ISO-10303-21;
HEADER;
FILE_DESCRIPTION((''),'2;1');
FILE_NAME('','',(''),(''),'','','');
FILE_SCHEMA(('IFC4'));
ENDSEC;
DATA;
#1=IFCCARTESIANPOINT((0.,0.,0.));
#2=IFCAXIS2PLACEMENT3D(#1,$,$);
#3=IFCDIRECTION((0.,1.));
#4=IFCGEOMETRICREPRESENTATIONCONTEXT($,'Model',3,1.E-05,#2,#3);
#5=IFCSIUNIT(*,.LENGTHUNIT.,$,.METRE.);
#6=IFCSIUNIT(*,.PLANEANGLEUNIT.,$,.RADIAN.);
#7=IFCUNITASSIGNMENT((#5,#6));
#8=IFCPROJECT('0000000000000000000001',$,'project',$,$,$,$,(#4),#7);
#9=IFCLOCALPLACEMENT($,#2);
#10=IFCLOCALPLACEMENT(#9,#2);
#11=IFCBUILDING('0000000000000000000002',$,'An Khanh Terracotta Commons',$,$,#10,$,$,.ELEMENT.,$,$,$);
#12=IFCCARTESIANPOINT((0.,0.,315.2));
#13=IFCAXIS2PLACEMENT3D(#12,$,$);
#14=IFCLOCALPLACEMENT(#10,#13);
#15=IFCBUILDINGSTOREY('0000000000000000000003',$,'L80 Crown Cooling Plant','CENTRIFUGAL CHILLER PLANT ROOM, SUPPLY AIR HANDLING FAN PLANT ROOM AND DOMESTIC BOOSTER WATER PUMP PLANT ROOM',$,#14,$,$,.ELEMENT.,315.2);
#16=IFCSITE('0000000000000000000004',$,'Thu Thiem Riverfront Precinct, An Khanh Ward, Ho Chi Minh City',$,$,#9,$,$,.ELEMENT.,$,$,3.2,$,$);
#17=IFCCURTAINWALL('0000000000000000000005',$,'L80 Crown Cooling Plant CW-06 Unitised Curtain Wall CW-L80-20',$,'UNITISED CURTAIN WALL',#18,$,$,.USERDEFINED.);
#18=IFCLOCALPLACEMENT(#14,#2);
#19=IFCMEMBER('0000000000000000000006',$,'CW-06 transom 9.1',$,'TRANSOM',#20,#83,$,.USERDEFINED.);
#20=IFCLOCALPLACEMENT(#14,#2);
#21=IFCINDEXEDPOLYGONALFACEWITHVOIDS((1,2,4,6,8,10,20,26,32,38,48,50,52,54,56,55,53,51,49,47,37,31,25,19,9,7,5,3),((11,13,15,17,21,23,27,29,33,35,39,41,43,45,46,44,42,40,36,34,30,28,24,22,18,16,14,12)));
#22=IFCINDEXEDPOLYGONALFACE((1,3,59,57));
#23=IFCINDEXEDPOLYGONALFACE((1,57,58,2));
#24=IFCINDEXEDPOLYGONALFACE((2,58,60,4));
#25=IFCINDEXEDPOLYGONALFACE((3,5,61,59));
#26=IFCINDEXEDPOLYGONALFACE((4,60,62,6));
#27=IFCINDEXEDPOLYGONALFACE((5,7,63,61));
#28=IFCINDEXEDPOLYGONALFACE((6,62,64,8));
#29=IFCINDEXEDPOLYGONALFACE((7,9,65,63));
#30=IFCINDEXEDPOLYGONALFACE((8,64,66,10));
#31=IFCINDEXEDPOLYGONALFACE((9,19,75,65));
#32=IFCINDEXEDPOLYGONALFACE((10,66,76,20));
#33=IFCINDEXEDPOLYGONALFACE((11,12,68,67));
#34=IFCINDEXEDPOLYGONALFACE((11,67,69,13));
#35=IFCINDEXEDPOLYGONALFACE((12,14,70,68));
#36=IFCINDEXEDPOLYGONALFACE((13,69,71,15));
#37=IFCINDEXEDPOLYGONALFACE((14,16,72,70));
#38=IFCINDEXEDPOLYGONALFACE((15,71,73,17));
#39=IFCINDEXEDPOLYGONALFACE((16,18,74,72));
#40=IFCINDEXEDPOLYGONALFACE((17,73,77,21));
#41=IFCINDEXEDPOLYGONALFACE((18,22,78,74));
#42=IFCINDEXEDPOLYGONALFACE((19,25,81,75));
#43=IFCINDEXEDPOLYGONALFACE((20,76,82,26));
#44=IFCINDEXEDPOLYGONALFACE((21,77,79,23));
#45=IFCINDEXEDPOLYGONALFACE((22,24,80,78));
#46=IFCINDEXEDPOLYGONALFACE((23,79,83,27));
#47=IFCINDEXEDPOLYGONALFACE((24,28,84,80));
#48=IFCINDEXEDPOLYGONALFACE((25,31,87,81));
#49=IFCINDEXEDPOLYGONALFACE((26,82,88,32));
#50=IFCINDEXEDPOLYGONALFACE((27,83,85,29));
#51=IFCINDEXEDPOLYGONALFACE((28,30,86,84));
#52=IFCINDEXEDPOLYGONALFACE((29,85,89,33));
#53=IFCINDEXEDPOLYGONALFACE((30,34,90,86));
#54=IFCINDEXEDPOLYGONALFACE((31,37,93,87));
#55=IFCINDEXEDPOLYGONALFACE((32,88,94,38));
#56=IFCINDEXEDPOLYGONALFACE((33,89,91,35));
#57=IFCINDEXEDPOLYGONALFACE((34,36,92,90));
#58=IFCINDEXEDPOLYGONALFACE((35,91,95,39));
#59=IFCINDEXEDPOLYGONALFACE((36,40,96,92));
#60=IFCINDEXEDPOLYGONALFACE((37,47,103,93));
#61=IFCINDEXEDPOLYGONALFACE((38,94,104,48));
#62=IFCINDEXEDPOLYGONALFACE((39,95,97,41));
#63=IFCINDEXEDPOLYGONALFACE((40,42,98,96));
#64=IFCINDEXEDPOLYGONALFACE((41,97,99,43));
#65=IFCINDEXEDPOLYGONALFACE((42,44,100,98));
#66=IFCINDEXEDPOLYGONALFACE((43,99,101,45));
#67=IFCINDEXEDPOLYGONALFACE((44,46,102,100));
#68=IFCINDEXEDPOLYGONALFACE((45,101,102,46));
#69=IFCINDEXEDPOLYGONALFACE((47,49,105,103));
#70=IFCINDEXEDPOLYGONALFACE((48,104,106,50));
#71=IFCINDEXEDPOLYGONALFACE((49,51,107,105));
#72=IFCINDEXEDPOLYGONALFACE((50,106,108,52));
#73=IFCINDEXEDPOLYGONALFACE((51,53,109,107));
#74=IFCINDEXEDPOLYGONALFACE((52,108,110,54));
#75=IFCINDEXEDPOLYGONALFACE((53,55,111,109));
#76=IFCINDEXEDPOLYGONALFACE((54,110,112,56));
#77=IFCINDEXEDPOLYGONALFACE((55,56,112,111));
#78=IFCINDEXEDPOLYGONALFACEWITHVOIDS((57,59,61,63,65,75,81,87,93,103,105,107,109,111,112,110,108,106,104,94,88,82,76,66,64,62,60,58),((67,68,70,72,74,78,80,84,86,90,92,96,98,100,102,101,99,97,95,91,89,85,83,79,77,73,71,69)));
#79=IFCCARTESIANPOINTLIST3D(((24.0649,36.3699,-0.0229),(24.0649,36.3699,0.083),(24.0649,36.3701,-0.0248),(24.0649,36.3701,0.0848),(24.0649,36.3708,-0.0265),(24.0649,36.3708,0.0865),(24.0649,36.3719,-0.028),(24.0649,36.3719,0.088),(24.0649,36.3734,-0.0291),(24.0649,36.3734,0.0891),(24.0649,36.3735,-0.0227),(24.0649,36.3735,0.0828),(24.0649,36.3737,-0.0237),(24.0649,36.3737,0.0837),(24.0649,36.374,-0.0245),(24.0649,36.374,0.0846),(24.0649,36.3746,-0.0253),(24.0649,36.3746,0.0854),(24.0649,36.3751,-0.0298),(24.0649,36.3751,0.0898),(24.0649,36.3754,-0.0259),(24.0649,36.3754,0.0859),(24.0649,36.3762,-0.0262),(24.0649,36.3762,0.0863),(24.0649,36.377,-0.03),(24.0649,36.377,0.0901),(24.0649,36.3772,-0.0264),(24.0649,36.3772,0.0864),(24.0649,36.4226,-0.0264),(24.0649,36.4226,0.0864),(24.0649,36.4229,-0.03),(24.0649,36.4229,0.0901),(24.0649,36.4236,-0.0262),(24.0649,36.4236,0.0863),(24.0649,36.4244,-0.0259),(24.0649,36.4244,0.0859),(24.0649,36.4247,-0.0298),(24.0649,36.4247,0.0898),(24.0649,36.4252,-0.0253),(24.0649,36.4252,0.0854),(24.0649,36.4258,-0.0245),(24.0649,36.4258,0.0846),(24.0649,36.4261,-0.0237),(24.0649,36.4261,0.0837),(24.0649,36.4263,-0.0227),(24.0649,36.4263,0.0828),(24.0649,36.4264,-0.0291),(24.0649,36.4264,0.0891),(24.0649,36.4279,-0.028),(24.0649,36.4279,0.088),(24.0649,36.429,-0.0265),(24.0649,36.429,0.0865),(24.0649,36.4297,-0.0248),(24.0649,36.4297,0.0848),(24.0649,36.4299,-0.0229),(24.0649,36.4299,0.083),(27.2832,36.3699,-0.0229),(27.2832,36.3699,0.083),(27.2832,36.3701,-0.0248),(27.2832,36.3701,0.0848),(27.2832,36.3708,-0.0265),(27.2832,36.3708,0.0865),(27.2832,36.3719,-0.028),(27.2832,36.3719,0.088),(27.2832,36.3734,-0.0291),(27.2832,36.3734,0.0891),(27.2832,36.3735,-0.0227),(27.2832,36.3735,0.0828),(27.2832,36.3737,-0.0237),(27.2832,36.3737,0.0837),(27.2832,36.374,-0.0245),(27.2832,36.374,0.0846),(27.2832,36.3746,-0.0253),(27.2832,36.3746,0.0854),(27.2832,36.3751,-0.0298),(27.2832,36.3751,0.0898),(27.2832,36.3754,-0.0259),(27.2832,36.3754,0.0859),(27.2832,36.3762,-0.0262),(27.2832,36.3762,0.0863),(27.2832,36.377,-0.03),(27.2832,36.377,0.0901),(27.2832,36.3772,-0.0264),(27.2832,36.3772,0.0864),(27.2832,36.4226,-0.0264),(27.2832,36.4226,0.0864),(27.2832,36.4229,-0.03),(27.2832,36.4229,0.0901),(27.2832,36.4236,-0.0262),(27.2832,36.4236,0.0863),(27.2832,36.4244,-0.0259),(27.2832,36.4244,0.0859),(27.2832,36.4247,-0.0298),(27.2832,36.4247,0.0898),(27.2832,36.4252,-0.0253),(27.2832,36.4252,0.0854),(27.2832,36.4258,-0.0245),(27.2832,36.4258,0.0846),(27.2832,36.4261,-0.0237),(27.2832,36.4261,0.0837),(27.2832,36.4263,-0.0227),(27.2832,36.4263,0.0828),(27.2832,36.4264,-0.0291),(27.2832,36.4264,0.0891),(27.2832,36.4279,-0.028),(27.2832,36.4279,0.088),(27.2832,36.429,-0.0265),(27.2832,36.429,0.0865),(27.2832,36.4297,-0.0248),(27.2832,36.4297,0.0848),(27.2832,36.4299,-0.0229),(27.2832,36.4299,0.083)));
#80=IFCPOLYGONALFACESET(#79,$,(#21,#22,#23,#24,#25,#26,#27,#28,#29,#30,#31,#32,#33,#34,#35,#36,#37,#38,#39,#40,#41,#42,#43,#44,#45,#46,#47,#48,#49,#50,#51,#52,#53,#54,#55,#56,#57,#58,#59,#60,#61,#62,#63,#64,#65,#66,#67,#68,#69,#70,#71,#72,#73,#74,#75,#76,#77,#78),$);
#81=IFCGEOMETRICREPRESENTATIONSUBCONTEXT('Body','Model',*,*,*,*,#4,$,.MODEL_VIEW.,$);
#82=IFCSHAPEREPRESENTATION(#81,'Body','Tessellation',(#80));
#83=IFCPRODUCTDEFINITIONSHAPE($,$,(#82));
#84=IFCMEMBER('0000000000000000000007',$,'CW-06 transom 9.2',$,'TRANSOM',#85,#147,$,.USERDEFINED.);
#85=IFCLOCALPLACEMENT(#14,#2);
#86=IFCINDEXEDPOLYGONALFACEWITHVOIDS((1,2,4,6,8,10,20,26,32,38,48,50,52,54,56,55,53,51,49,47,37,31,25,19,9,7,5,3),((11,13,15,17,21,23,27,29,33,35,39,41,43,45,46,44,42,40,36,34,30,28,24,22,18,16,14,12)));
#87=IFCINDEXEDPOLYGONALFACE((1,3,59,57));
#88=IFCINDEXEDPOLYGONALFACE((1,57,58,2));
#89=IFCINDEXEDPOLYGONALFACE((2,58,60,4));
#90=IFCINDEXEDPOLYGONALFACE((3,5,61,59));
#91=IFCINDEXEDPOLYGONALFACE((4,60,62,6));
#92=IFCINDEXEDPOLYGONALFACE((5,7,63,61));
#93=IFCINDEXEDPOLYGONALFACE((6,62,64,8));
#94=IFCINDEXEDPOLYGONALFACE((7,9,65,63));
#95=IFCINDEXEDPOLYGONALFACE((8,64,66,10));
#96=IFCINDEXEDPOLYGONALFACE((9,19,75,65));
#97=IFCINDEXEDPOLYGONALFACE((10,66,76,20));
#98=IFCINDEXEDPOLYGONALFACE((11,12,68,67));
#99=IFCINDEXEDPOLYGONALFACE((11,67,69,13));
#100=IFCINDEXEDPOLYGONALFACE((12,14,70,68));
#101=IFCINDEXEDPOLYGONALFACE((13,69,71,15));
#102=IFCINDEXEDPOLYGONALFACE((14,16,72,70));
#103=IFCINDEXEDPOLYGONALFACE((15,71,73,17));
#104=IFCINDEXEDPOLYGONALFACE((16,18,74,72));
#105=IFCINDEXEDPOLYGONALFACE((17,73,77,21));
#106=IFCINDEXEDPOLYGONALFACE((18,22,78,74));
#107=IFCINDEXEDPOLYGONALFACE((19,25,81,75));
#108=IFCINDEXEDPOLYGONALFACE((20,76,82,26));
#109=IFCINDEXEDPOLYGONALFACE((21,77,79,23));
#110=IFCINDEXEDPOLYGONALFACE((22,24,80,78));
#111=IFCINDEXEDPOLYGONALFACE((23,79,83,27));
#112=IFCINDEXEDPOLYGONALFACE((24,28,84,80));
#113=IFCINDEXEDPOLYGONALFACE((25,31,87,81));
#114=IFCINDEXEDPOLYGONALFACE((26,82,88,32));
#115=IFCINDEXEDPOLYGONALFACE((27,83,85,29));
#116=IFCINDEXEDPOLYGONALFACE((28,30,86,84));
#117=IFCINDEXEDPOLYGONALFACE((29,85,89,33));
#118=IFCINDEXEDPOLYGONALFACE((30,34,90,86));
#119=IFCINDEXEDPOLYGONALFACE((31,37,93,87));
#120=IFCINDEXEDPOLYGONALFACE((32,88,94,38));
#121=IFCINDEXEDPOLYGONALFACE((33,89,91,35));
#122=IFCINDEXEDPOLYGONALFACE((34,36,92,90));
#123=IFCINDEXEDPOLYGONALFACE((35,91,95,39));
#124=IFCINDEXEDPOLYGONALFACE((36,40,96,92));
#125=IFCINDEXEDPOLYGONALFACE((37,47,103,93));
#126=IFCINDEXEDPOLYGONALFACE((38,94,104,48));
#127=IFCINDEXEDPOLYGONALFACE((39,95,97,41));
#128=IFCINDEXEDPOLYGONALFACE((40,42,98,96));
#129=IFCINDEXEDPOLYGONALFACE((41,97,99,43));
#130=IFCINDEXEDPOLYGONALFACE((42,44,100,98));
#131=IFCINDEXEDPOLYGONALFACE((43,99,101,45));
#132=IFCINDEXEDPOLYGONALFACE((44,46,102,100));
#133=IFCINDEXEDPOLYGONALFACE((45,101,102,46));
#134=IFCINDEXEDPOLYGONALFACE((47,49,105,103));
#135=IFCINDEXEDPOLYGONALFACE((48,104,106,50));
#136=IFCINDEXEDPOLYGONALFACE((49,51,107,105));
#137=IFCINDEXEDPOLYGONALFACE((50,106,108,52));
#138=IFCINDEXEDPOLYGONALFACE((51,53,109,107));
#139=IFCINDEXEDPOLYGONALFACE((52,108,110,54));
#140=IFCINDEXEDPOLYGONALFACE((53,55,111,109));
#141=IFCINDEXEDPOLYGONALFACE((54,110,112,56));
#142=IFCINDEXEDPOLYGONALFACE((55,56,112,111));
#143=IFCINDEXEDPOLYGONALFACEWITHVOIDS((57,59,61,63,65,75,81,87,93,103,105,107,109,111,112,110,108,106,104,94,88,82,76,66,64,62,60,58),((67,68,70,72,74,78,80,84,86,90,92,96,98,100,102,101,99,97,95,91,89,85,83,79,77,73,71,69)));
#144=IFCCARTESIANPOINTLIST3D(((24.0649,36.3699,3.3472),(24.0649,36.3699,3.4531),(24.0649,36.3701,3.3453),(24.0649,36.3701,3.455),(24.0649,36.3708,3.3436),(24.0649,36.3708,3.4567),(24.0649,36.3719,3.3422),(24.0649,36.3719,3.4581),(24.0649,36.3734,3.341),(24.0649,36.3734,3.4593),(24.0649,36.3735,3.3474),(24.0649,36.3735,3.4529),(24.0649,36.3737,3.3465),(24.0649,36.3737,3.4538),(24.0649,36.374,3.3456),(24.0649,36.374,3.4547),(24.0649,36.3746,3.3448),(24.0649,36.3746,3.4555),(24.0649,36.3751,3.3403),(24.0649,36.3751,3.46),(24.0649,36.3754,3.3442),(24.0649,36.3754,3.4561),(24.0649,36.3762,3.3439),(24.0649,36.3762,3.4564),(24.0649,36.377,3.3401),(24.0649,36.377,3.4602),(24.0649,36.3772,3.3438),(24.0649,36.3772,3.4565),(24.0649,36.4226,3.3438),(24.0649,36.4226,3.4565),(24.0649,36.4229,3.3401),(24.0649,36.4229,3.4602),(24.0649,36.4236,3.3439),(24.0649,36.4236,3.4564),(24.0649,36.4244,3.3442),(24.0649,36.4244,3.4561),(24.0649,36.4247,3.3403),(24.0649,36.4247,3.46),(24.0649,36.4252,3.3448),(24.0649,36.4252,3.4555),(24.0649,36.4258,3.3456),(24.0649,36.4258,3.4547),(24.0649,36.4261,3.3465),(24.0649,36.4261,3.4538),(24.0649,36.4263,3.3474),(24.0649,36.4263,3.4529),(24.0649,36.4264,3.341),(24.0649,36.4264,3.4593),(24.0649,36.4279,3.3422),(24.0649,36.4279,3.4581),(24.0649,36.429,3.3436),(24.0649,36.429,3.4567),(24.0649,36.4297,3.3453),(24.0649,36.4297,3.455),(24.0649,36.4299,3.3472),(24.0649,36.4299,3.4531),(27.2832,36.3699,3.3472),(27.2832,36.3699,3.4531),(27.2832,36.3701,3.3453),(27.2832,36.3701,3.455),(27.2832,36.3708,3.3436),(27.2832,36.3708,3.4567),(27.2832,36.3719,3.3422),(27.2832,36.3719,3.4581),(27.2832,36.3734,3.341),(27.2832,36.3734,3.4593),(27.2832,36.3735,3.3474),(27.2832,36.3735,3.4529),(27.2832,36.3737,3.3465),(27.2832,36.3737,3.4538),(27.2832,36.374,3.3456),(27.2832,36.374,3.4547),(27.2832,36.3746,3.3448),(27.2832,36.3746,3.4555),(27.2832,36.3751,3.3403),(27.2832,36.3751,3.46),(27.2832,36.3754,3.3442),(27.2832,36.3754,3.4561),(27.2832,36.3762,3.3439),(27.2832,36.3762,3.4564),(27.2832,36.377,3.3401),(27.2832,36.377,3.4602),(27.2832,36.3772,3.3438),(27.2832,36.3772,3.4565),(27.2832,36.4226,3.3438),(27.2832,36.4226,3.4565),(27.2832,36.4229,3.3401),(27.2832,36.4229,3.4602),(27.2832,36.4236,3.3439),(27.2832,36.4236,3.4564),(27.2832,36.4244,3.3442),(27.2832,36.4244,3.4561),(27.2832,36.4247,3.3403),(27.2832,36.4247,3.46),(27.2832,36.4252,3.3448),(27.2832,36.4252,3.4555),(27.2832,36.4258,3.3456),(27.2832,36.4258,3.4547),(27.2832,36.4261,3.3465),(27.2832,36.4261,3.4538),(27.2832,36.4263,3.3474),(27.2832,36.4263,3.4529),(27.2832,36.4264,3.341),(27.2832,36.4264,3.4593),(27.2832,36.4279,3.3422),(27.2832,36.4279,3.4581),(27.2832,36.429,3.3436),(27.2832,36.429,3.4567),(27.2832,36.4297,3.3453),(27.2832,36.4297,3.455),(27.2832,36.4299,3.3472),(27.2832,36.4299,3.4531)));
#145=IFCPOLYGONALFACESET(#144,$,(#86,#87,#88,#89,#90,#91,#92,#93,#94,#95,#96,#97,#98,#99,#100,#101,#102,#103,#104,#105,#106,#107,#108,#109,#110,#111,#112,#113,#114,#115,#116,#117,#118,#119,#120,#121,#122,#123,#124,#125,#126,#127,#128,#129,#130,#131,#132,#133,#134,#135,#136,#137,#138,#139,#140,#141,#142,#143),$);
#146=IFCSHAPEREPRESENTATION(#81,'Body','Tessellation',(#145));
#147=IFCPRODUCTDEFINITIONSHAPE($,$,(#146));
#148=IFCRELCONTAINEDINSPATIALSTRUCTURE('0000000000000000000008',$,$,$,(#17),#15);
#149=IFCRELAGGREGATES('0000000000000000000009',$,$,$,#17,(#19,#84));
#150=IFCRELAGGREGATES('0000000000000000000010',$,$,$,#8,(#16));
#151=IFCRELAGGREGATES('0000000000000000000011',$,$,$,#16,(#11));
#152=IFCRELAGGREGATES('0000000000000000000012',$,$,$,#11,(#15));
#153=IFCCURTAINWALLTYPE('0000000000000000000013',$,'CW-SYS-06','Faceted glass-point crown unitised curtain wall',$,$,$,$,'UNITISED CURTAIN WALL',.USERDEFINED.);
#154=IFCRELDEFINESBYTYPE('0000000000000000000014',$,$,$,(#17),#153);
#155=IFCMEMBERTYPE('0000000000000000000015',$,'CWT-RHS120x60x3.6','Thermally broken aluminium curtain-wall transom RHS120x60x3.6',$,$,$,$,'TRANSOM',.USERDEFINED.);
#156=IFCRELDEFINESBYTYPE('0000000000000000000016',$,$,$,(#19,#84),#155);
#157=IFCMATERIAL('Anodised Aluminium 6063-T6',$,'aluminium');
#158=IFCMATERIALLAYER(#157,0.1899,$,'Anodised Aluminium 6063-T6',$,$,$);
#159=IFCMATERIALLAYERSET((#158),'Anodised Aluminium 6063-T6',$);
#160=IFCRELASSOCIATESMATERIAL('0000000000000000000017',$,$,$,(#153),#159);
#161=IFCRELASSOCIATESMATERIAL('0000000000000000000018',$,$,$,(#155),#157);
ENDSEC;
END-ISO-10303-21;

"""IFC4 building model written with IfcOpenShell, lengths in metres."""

from ifc_helpers import new_model, si_unit, direction, frame, origin, origin_2d, place, context, subcontext, project, spatial, hollow_rectangle, extrude, material, layer, layer_set, material_profile, profile_set, type_object, element, aggregate, save


model = new_model("IFC4")

# Units and contexts
model_context = context("Model", 3, precision=1e-05, world=origin(), true_north=direction((0.0, 1.0)))
body_context = subcontext(model_context, "Body", "Model", "MODEL_VIEW")
ifc_project = project(units=[si_unit("LENGTHUNIT", "METRE"), si_unit("PLANEANGLEUNIT", "RADIAN")], contexts=[model_context])

# Site, building, storey
site_placement = place(None, origin())
site = spatial("IfcSite", under=ifc_project, at=site_placement, Name="Thu Thiem Riverfront Precinct, An Khanh Ward, Ho Chi Minh City", CompositionType="ELEMENT", RefElevation=3.2)
building_placement = place(site_placement, origin())
building = spatial("IfcBuilding", under=site, at=building_placement, Name="An Khanh Terracotta Commons", CompositionType="ELEMENT")
storey_placement = place(building_placement, frame((0.0, 0.0, 315.2)))
storey = spatial("IfcBuildingStorey", under=building, at=storey_placement, Name="L80 Crown Cooling Plant", Description="CENTRIFUGAL CHILLER PLANT ROOM, SUPPLY AIR HANDLING FAN PLANT ROOM AND DOMESTIC BOOSTER WATER PUMP PLANT ROOM", CompositionType="ELEMENT", Elevation=315.2)

# Curtain wall
ifc_material_1 = material(Name="Anodised Aluminium 6063-T6", Category="aluminium")
ifc_layer_1 = layer(ifc_material_1, 0.1899, Name="Anodised Aluminium 6063-T6")
ifc_layer_set_1 = layer_set([ifc_layer_1], Name="Anodised Aluminium 6063-T6")
curtain_wall_type = type_object("IfcCurtainWallType", Name="CW-SYS-06", Description="Faceted glass-point crown unitised curtain wall", ElementType="UNITISED CURTAIN WALL", PredefinedType="USERDEFINED", material=ifc_layer_set_1)
curtain_wall_1_placement = place(storey_placement, origin())
curtain_wall_1 = element("IfcCurtainWall", 1, at=curtain_wall_1_placement, inside=storey, type_object=curtain_wall_type, Name="L80 Crown Cooling Plant CW-06 Unitised Curtain Wall CW-L80-20", ObjectType="UNITISED CURTAIN WALL", PredefinedType="USERDEFINED")

# Members
ifc_material_profile_1 = material_profile(ifc_material_1, hollow_rectangle(XDim=0.0601, YDim=0.1201, WallThickness=0.0037, InnerFilletRadius=0.0037, OuterFilletRadius=0.0071, at=origin_2d()), Name="RHS120x60x3.6")
ifc_profile_set_1 = profile_set([ifc_material_profile_1], Name="Anodised Aluminium 6063-T6")
member_type_1 = type_object("IfcMemberType", Name="CWT-RHS120x60x3.6", Description="Thermally broken aluminium curtain-wall transom RHS120x60x3.6", ElementType="TRANSOM", PredefinedType="USERDEFINED", material=ifc_profile_set_1)
member_1_placement = place(storey_placement, frame((27.2832, 36.3999, 0.03), z_axis=(-1.0, 0.0, 0.0), x_axis=(0.0, -1.0, 0.0)))
member_1 = element("IfcMember", 2, at=member_1_placement, type_object=member_type_1, Name="CW-06 transom 9.1", ObjectType="TRANSOM", PredefinedType="USERDEFINED", context=body_context, shape_type="SweptSolid", body=[
    extrude(hollow_rectangle(XDim=0.0601, YDim=0.1201, WallThickness=0.0037, InnerFilletRadius=0.0037, OuterFilletRadius=0.0071, at=origin_2d()), origin(), (0.0, 0.0, 1.0), 3.2183),
])
member_2_placement = place(storey_placement, frame((27.2832, 36.3999, 3.4001), z_axis=(-1.0, 0.0, 0.0), x_axis=(0.0, -1.0, 0.0)))
member_2 = element("IfcMember", 3, at=member_2_placement, type_object=member_type_1, Name="CW-06 transom 9.2", ObjectType="TRANSOM", PredefinedType="USERDEFINED", context=body_context, shape_type="SweptSolid", body=[
    extrude(hollow_rectangle(XDim=0.0601, YDim=0.1201, WallThickness=0.0037, InnerFilletRadius=0.0037, OuterFilletRadius=0.0071, at=origin_2d()), origin(), (0.0, 0.0, 1.0), 3.2183),
])

aggregate(curtain_wall_1, [member_1, member_2])

save(model, "model.ifc")
